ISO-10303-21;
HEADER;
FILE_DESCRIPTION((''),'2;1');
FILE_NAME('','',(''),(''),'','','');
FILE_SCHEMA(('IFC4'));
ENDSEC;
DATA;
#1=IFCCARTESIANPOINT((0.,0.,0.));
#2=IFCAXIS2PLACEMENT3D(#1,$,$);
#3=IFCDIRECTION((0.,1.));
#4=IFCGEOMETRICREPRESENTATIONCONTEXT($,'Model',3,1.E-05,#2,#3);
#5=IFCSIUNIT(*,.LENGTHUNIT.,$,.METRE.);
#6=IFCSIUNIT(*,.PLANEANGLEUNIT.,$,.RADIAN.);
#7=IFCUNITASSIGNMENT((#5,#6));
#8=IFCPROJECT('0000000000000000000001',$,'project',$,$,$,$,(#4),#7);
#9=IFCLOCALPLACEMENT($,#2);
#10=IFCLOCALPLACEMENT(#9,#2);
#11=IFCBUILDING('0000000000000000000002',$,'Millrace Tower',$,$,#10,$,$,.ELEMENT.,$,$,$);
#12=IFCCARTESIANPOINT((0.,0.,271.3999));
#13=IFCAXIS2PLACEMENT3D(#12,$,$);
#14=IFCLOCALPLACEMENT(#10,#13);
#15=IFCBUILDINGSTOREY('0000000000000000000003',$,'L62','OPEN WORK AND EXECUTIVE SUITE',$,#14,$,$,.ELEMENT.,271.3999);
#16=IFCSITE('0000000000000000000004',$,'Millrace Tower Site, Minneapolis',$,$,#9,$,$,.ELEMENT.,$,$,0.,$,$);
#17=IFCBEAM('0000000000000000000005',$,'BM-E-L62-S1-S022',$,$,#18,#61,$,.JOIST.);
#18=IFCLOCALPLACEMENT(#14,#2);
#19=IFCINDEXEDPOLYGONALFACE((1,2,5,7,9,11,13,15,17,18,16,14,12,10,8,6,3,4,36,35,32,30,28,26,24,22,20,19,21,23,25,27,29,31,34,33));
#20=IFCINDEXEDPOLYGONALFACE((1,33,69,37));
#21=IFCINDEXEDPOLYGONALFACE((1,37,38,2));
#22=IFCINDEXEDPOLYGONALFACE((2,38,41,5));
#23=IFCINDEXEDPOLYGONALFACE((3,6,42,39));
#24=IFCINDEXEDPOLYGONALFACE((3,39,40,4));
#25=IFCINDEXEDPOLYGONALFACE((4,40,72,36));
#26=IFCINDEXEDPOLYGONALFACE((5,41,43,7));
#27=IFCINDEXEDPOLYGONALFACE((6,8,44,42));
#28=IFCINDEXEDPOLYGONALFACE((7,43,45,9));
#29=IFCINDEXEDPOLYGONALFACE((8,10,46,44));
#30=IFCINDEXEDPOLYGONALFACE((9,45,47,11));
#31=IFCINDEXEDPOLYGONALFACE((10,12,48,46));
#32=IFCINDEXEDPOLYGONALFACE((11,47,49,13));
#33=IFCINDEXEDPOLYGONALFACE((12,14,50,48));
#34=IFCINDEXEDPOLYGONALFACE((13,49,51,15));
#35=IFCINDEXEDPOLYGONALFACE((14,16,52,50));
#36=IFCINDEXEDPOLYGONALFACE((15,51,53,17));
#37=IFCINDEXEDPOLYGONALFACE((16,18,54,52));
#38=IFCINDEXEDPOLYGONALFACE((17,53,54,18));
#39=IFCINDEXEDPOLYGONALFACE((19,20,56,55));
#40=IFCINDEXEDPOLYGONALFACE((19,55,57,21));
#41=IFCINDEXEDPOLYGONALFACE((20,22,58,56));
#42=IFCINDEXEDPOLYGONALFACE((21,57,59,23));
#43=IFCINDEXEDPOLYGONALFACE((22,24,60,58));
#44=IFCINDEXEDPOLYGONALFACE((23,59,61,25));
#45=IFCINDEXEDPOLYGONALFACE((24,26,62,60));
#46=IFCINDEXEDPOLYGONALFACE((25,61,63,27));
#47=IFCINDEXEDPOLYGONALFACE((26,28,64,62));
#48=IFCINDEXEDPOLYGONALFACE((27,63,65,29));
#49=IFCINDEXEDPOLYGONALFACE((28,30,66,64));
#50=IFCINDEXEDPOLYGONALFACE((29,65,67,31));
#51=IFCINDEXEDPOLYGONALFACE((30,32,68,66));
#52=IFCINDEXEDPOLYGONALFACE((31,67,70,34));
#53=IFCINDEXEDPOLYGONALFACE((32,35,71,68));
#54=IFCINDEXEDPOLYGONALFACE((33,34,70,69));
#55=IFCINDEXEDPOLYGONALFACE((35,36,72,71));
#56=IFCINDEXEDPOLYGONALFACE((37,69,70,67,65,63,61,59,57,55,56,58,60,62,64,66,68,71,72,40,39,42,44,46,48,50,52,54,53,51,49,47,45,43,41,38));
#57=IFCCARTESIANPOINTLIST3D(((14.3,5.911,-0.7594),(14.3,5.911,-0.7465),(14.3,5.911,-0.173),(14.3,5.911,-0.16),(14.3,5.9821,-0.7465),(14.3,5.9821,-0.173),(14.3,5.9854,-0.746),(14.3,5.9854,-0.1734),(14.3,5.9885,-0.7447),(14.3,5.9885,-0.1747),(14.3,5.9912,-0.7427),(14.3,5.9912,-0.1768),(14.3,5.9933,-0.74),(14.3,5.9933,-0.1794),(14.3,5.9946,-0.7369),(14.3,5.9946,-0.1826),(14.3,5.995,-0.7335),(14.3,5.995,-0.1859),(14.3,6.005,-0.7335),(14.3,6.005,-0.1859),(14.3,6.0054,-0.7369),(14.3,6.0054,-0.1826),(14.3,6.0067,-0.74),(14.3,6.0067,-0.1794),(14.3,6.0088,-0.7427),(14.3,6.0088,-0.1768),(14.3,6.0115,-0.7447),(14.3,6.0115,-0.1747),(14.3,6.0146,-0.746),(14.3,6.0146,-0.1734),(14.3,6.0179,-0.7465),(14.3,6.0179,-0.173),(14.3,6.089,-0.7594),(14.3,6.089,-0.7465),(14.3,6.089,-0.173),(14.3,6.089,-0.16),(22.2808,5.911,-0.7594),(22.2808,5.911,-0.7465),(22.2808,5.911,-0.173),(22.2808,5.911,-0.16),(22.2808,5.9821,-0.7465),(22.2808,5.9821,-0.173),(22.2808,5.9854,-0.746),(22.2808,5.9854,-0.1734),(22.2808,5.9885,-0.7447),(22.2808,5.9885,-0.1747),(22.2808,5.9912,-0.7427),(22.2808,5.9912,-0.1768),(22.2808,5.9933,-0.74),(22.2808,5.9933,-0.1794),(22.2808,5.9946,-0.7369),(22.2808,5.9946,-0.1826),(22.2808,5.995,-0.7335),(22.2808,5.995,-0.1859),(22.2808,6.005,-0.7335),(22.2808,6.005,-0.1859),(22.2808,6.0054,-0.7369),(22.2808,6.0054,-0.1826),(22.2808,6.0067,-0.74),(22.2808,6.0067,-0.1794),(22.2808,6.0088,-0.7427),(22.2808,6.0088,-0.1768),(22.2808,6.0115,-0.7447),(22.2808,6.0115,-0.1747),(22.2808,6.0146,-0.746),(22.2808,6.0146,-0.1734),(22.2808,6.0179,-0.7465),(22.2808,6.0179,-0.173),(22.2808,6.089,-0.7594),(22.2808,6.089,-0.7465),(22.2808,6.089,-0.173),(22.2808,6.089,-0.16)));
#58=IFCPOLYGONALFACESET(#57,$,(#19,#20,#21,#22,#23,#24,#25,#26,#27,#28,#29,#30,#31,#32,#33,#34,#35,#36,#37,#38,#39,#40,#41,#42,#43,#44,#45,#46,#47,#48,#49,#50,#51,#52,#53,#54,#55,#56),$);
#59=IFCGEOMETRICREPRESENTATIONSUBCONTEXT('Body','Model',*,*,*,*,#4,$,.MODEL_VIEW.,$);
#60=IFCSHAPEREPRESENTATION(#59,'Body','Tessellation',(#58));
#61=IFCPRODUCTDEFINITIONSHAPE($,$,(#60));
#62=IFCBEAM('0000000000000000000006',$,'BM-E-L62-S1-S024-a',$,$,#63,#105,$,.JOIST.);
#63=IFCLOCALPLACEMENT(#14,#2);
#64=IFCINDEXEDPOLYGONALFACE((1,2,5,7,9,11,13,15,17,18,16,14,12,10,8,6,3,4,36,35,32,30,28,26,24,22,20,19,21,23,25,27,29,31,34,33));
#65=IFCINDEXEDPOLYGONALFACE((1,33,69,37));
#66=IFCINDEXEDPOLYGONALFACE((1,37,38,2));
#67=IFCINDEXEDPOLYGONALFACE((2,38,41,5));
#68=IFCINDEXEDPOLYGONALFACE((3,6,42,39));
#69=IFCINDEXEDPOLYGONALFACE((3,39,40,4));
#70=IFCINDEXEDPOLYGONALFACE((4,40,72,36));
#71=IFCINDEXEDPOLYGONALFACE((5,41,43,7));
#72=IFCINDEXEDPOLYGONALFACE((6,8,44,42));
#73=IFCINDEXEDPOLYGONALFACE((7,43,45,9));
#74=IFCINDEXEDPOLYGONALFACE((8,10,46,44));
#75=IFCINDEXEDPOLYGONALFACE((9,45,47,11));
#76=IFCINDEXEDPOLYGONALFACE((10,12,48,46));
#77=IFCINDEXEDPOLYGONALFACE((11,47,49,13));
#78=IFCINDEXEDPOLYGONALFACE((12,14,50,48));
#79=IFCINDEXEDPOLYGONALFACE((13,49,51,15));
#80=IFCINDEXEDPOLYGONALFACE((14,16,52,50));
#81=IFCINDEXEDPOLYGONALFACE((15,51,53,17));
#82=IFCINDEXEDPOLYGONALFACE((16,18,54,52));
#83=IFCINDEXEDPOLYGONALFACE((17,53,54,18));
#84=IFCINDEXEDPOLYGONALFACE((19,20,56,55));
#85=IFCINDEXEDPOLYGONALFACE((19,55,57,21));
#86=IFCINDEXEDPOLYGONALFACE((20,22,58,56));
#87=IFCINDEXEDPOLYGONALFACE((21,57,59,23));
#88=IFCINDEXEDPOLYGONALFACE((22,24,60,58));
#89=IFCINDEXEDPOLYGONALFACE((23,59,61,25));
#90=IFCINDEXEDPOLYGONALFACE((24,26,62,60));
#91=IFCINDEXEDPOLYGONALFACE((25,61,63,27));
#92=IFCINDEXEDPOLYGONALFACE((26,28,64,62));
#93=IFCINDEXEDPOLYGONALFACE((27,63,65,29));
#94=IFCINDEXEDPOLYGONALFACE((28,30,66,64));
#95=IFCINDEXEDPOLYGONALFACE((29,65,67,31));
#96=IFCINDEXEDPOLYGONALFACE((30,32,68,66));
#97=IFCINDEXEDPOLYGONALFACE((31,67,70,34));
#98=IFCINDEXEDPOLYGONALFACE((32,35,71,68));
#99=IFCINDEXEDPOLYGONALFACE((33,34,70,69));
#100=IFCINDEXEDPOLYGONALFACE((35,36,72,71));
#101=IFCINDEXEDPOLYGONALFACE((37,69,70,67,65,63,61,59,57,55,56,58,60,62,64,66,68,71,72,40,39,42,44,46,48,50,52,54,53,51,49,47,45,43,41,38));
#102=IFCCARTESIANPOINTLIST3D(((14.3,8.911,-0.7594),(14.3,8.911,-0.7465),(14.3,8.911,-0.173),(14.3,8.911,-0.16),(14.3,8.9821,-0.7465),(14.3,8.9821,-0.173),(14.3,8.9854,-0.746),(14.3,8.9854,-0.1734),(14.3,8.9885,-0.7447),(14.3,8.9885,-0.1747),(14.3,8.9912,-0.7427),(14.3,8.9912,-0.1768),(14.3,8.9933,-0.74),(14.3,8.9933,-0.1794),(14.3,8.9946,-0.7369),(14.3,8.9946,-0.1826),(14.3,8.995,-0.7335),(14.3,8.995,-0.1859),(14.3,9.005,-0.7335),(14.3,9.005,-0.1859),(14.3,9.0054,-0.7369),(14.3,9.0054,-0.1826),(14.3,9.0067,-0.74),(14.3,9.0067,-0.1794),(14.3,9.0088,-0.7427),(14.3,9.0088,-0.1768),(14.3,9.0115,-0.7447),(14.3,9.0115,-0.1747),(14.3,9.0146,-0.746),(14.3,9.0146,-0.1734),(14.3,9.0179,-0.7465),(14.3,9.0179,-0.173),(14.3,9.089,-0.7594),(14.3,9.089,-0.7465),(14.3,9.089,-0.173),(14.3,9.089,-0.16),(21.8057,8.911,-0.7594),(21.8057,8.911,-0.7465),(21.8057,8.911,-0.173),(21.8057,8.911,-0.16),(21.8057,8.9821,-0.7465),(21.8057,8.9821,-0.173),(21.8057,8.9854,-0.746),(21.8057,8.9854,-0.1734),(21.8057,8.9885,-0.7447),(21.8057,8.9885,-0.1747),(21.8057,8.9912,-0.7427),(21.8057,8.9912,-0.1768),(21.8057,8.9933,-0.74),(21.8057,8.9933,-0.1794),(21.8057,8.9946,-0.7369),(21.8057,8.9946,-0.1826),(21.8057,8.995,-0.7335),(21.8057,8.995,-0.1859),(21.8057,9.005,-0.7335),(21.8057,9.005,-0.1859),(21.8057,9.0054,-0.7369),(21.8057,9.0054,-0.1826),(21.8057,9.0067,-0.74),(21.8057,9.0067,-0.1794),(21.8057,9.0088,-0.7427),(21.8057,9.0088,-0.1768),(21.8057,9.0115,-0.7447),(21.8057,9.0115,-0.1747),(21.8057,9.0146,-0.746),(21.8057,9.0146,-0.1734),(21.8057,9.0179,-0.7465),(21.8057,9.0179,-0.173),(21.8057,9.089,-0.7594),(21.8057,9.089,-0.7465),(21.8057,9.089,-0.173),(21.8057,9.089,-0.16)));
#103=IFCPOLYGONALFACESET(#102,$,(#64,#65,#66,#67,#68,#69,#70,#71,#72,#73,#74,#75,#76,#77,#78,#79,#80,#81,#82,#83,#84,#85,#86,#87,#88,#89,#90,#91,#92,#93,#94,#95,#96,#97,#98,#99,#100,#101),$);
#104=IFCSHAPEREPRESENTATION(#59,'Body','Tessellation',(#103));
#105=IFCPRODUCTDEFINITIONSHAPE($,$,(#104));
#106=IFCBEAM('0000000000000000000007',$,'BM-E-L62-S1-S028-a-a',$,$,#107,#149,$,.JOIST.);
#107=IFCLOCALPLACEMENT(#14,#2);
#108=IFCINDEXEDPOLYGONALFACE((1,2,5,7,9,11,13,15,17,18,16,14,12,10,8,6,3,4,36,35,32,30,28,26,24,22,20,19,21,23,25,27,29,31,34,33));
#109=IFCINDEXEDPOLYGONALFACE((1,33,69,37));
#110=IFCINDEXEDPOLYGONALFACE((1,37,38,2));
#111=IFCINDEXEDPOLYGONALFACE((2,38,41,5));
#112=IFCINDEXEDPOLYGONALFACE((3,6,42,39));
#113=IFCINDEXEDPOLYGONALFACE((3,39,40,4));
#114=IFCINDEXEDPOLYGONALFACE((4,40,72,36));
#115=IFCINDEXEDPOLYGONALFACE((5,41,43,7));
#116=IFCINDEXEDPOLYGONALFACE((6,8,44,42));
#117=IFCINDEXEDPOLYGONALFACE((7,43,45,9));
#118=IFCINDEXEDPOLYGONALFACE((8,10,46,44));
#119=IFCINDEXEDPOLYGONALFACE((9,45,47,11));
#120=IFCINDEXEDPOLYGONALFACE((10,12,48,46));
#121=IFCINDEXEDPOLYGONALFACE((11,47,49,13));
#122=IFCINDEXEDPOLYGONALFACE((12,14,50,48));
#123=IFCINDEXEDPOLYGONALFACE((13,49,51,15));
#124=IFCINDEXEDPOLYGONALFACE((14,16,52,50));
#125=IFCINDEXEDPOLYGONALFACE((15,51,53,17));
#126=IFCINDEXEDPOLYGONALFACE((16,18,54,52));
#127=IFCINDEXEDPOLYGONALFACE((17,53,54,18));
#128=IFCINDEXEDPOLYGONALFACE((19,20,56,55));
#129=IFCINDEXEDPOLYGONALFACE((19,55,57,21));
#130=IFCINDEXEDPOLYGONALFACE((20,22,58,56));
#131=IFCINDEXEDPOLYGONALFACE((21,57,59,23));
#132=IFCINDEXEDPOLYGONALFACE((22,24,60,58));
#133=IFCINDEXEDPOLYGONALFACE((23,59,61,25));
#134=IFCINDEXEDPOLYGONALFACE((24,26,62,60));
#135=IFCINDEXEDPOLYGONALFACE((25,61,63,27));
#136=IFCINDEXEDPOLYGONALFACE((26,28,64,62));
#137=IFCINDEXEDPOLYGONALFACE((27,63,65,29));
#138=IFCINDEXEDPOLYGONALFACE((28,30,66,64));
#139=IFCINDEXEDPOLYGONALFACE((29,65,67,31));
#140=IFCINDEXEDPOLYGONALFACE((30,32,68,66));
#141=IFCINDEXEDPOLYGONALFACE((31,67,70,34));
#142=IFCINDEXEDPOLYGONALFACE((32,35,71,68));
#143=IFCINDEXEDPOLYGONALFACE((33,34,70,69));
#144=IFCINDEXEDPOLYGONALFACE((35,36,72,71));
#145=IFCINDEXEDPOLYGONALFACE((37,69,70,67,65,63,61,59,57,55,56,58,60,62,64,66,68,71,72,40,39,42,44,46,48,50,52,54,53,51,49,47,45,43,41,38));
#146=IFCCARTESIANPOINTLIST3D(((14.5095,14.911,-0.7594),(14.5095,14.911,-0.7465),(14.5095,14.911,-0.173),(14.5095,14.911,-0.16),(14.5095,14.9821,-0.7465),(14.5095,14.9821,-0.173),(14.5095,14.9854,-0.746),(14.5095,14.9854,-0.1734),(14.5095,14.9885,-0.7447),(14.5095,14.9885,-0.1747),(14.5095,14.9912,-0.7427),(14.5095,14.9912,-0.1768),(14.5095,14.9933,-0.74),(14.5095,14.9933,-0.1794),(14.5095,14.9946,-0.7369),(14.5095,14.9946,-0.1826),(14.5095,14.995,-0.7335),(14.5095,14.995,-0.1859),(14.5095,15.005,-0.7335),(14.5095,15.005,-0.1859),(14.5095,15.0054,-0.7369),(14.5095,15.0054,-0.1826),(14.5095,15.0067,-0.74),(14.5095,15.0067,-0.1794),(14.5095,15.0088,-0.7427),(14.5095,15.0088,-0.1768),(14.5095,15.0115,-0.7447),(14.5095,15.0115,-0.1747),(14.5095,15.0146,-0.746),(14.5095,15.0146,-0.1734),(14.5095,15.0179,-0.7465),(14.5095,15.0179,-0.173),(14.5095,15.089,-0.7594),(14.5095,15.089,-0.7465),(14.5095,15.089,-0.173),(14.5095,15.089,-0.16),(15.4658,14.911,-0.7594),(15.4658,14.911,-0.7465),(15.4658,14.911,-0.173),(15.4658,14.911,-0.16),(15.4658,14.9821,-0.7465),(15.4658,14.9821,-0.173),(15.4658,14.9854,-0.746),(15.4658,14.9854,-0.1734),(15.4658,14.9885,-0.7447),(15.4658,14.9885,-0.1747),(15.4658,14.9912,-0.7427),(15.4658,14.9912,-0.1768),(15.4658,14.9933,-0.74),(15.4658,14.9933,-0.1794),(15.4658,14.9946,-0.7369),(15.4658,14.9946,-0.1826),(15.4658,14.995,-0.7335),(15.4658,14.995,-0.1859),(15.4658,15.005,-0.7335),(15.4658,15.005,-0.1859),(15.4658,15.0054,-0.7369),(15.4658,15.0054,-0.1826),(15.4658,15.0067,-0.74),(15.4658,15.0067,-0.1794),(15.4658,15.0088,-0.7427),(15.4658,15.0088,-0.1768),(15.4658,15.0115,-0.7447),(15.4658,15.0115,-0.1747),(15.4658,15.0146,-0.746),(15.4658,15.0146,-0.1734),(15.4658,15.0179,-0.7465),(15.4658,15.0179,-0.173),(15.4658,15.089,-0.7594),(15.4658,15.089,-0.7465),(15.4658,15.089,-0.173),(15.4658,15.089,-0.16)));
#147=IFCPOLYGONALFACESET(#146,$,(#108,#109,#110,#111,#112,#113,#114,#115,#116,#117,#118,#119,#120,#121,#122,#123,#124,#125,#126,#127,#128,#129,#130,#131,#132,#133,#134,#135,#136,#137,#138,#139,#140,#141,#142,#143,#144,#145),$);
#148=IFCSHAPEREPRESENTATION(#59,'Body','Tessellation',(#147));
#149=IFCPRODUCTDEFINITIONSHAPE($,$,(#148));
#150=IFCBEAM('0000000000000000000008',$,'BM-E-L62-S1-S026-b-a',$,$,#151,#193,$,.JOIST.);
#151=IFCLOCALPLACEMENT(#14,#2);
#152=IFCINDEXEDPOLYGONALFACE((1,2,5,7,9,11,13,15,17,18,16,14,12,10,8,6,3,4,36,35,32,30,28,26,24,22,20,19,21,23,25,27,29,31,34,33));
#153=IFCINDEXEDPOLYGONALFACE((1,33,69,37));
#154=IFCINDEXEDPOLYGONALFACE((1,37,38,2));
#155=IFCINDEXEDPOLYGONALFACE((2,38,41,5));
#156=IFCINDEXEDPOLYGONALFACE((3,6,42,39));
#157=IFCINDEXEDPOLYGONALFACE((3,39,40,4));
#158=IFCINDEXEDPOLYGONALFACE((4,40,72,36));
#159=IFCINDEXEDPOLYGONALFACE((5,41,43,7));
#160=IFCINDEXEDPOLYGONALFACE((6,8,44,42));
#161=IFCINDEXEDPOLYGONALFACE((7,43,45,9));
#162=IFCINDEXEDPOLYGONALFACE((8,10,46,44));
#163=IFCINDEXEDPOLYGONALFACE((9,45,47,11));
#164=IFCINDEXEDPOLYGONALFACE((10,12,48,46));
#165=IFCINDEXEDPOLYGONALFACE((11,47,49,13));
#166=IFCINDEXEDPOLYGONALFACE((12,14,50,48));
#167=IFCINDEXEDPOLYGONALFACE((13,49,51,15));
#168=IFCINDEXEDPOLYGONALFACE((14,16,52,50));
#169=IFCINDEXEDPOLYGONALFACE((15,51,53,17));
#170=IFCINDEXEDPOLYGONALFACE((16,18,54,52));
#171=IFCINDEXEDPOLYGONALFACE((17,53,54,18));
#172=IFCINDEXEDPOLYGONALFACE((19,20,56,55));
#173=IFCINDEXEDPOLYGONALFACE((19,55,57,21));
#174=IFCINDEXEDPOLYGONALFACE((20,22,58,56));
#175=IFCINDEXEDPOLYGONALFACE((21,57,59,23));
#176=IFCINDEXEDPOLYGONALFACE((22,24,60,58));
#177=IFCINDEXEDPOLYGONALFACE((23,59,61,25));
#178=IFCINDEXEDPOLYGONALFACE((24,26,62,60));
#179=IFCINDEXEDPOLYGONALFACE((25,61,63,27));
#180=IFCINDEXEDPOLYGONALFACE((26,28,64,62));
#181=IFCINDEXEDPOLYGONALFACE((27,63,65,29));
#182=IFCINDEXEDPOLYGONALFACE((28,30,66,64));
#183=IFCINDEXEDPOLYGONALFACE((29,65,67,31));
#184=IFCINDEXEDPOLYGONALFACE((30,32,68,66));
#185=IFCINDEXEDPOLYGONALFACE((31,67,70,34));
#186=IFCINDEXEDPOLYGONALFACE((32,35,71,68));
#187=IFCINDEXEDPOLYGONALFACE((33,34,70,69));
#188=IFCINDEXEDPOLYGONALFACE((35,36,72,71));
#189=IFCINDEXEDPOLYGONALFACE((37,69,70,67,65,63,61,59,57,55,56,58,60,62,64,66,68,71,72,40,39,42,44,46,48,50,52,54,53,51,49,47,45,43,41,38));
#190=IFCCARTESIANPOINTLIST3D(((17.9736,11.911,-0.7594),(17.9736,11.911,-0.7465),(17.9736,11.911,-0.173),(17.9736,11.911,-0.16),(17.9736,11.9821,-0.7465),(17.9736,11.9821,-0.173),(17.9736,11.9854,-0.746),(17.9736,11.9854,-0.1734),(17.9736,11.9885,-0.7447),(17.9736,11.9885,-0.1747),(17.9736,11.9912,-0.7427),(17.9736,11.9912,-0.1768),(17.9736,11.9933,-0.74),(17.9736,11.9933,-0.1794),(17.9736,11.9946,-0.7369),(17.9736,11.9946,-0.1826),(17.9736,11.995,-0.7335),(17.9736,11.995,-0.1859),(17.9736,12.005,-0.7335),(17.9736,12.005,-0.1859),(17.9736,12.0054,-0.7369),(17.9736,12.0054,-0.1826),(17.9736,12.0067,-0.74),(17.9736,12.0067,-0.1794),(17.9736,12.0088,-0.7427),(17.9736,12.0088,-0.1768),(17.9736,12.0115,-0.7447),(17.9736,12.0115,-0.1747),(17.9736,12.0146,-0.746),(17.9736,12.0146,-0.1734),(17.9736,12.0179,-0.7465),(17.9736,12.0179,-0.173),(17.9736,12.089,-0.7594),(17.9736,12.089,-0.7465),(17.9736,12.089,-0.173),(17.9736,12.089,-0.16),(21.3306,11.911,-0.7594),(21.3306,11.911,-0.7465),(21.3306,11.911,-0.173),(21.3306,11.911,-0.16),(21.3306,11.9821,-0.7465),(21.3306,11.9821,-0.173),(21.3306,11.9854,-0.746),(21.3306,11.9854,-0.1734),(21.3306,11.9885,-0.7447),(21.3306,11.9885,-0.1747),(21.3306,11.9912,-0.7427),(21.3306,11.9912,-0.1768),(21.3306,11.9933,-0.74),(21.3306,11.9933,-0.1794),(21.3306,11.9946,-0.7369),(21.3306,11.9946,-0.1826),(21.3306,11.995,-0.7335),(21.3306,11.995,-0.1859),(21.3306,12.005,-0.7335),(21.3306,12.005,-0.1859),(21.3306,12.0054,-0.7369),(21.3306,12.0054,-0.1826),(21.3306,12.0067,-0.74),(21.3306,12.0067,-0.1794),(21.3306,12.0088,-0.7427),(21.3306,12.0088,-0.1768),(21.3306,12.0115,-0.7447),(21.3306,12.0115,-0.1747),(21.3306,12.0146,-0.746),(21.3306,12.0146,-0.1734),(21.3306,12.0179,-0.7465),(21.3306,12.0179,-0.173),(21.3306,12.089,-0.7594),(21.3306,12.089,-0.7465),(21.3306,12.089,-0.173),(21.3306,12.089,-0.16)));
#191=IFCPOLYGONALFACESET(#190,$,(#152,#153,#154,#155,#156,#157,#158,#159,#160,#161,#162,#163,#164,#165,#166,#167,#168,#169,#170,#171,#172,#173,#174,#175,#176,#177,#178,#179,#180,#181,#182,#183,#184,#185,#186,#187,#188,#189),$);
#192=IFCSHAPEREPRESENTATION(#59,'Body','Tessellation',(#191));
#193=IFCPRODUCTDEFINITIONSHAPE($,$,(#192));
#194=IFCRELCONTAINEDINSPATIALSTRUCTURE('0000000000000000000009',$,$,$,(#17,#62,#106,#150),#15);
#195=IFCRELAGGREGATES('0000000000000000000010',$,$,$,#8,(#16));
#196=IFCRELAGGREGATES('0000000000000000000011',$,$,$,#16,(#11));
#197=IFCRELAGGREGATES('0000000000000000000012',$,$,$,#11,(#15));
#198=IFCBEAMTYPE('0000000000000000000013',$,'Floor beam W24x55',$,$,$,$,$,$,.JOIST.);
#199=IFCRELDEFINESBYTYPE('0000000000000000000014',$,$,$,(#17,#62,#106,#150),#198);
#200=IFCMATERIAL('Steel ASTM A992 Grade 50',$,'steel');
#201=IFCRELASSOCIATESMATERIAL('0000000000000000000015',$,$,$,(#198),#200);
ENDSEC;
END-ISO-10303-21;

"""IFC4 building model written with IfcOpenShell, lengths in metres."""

from ifc_helpers import new_model, si_unit, direction, frame, origin, origin_2d, place, context, subcontext, project, spatial, i_section, extrude, material, material_profile, profile_set, type_object, element, save


model = new_model("IFC4")

# Units and contexts
model_context = context("Model", 3, precision=1e-05, world=origin(), true_north=direction((0.0, 1.0)))
body_context = subcontext(model_context, "Body", "Model", "MODEL_VIEW")
ifc_project = project(units=[si_unit("LENGTHUNIT", "METRE"), si_unit("PLANEANGLEUNIT", "RADIAN")], contexts=[model_context])

# Site, building, storey
site_placement = place(None, origin())
site = spatial("IfcSite", under=ifc_project, at=site_placement, Name="Millrace Tower Site, Minneapolis", CompositionType="ELEMENT", RefElevation=0.0)
building_placement = place(site_placement, origin())
building = spatial("IfcBuilding", under=site, at=building_placement, Name="Millrace Tower", CompositionType="ELEMENT")
storey_placement = place(building_placement, frame((0.0, 0.0, 271.3999)))
storey = spatial("IfcBuildingStorey", under=building, at=storey_placement, Name="L62", Description="OPEN WORK AND EXECUTIVE SUITE", CompositionType="ELEMENT", Elevation=271.3999)

# Beams
ifc_material_1 = material(Name="Steel ASTM A992 Grade 50", Category="steel")
ifc_material_profile_1 = material_profile(ifc_material_1, i_section(OverallWidth=0.178, OverallDepth=0.5994, WebThickness=0.01, FlangeThickness=0.0129, FilletRadius=0.0129, at=origin_2d()))
ifc_profile_set_1 = profile_set([ifc_material_profile_1], Name="Steel ASTM A992 Grade 50")
beam_type_1 = type_object("IfcBeamType", Name="Floor beam W24x55", PredefinedType="JOIST", material=ifc_profile_set_1)
beam_1_placement = place(storey_placement, frame((14.3, 6.0, -0.4597), z_axis=(1.0, 0.0, 0.0), x_axis=(0.0, 1.0, 0.0)))
element("IfcBeam", 1, at=beam_1_placement, inside=storey, type_object=beam_type_1, Name="BM-E-L62-S1-S022", PredefinedType="JOIST", context=body_context, shape_type="SweptSolid", body=[
    extrude(i_section(OverallWidth=0.178, OverallDepth=0.5994, WebThickness=0.01, FlangeThickness=0.0129, FilletRadius=0.0129, at=origin_2d()), origin(), (0.0, 0.0, 1.0), 7.9807),
])
beam_2_placement = place(storey_placement, frame((14.3, 9.0, -0.4597), z_axis=(1.0, 0.0, 0.0), x_axis=(0.0, 1.0, 0.0)))
element("IfcBeam", 2, at=beam_2_placement, inside=storey, type_object=beam_type_1, Name="BM-E-L62-S1-S024-a", PredefinedType="JOIST", context=body_context, shape_type="SweptSolid", body=[
    extrude(i_section(OverallWidth=0.178, OverallDepth=0.5994, WebThickness=0.01, FlangeThickness=0.0129, FilletRadius=0.0129, at=origin_2d()), origin(), (0.0, 0.0, 1.0), 7.5056),
])
beam_3_placement = place(storey_placement, frame((14.5095, 15.0, -0.4597), z_axis=(1.0, 0.0, 0.0), x_axis=(0.0, 1.0, 0.0)))
element("IfcBeam", 3, at=beam_3_placement, inside=storey, type_object=beam_type_1, Name="BM-E-L62-S1-S028-a-a", PredefinedType="JOIST", context=body_context, shape_type="SweptSolid", body=[
    extrude(i_section(OverallWidth=0.178, OverallDepth=0.5994, WebThickness=0.01, FlangeThickness=0.0129, FilletRadius=0.0129, at=origin_2d()), origin(), (0.0, 0.0, 1.0), 0.9563),
])
beam_4_placement = place(storey_placement, frame((17.9736, 12.0, -0.4597), z_axis=(1.0, 0.0, 0.0), x_axis=(0.0, 1.0, 0.0)))
element("IfcBeam", 4, at=beam_4_placement, inside=storey, type_object=beam_type_1, Name="BM-E-L62-S1-S026-b-a", PredefinedType="JOIST", context=body_context, shape_type="SweptSolid", body=[
    extrude(i_section(OverallWidth=0.178, OverallDepth=0.5994, WebThickness=0.01, FlangeThickness=0.0129, FilletRadius=0.0129, at=origin_2d()), origin(), (0.0, 0.0, 1.0), 3.3569),
])

save(model, "model.ifc")
